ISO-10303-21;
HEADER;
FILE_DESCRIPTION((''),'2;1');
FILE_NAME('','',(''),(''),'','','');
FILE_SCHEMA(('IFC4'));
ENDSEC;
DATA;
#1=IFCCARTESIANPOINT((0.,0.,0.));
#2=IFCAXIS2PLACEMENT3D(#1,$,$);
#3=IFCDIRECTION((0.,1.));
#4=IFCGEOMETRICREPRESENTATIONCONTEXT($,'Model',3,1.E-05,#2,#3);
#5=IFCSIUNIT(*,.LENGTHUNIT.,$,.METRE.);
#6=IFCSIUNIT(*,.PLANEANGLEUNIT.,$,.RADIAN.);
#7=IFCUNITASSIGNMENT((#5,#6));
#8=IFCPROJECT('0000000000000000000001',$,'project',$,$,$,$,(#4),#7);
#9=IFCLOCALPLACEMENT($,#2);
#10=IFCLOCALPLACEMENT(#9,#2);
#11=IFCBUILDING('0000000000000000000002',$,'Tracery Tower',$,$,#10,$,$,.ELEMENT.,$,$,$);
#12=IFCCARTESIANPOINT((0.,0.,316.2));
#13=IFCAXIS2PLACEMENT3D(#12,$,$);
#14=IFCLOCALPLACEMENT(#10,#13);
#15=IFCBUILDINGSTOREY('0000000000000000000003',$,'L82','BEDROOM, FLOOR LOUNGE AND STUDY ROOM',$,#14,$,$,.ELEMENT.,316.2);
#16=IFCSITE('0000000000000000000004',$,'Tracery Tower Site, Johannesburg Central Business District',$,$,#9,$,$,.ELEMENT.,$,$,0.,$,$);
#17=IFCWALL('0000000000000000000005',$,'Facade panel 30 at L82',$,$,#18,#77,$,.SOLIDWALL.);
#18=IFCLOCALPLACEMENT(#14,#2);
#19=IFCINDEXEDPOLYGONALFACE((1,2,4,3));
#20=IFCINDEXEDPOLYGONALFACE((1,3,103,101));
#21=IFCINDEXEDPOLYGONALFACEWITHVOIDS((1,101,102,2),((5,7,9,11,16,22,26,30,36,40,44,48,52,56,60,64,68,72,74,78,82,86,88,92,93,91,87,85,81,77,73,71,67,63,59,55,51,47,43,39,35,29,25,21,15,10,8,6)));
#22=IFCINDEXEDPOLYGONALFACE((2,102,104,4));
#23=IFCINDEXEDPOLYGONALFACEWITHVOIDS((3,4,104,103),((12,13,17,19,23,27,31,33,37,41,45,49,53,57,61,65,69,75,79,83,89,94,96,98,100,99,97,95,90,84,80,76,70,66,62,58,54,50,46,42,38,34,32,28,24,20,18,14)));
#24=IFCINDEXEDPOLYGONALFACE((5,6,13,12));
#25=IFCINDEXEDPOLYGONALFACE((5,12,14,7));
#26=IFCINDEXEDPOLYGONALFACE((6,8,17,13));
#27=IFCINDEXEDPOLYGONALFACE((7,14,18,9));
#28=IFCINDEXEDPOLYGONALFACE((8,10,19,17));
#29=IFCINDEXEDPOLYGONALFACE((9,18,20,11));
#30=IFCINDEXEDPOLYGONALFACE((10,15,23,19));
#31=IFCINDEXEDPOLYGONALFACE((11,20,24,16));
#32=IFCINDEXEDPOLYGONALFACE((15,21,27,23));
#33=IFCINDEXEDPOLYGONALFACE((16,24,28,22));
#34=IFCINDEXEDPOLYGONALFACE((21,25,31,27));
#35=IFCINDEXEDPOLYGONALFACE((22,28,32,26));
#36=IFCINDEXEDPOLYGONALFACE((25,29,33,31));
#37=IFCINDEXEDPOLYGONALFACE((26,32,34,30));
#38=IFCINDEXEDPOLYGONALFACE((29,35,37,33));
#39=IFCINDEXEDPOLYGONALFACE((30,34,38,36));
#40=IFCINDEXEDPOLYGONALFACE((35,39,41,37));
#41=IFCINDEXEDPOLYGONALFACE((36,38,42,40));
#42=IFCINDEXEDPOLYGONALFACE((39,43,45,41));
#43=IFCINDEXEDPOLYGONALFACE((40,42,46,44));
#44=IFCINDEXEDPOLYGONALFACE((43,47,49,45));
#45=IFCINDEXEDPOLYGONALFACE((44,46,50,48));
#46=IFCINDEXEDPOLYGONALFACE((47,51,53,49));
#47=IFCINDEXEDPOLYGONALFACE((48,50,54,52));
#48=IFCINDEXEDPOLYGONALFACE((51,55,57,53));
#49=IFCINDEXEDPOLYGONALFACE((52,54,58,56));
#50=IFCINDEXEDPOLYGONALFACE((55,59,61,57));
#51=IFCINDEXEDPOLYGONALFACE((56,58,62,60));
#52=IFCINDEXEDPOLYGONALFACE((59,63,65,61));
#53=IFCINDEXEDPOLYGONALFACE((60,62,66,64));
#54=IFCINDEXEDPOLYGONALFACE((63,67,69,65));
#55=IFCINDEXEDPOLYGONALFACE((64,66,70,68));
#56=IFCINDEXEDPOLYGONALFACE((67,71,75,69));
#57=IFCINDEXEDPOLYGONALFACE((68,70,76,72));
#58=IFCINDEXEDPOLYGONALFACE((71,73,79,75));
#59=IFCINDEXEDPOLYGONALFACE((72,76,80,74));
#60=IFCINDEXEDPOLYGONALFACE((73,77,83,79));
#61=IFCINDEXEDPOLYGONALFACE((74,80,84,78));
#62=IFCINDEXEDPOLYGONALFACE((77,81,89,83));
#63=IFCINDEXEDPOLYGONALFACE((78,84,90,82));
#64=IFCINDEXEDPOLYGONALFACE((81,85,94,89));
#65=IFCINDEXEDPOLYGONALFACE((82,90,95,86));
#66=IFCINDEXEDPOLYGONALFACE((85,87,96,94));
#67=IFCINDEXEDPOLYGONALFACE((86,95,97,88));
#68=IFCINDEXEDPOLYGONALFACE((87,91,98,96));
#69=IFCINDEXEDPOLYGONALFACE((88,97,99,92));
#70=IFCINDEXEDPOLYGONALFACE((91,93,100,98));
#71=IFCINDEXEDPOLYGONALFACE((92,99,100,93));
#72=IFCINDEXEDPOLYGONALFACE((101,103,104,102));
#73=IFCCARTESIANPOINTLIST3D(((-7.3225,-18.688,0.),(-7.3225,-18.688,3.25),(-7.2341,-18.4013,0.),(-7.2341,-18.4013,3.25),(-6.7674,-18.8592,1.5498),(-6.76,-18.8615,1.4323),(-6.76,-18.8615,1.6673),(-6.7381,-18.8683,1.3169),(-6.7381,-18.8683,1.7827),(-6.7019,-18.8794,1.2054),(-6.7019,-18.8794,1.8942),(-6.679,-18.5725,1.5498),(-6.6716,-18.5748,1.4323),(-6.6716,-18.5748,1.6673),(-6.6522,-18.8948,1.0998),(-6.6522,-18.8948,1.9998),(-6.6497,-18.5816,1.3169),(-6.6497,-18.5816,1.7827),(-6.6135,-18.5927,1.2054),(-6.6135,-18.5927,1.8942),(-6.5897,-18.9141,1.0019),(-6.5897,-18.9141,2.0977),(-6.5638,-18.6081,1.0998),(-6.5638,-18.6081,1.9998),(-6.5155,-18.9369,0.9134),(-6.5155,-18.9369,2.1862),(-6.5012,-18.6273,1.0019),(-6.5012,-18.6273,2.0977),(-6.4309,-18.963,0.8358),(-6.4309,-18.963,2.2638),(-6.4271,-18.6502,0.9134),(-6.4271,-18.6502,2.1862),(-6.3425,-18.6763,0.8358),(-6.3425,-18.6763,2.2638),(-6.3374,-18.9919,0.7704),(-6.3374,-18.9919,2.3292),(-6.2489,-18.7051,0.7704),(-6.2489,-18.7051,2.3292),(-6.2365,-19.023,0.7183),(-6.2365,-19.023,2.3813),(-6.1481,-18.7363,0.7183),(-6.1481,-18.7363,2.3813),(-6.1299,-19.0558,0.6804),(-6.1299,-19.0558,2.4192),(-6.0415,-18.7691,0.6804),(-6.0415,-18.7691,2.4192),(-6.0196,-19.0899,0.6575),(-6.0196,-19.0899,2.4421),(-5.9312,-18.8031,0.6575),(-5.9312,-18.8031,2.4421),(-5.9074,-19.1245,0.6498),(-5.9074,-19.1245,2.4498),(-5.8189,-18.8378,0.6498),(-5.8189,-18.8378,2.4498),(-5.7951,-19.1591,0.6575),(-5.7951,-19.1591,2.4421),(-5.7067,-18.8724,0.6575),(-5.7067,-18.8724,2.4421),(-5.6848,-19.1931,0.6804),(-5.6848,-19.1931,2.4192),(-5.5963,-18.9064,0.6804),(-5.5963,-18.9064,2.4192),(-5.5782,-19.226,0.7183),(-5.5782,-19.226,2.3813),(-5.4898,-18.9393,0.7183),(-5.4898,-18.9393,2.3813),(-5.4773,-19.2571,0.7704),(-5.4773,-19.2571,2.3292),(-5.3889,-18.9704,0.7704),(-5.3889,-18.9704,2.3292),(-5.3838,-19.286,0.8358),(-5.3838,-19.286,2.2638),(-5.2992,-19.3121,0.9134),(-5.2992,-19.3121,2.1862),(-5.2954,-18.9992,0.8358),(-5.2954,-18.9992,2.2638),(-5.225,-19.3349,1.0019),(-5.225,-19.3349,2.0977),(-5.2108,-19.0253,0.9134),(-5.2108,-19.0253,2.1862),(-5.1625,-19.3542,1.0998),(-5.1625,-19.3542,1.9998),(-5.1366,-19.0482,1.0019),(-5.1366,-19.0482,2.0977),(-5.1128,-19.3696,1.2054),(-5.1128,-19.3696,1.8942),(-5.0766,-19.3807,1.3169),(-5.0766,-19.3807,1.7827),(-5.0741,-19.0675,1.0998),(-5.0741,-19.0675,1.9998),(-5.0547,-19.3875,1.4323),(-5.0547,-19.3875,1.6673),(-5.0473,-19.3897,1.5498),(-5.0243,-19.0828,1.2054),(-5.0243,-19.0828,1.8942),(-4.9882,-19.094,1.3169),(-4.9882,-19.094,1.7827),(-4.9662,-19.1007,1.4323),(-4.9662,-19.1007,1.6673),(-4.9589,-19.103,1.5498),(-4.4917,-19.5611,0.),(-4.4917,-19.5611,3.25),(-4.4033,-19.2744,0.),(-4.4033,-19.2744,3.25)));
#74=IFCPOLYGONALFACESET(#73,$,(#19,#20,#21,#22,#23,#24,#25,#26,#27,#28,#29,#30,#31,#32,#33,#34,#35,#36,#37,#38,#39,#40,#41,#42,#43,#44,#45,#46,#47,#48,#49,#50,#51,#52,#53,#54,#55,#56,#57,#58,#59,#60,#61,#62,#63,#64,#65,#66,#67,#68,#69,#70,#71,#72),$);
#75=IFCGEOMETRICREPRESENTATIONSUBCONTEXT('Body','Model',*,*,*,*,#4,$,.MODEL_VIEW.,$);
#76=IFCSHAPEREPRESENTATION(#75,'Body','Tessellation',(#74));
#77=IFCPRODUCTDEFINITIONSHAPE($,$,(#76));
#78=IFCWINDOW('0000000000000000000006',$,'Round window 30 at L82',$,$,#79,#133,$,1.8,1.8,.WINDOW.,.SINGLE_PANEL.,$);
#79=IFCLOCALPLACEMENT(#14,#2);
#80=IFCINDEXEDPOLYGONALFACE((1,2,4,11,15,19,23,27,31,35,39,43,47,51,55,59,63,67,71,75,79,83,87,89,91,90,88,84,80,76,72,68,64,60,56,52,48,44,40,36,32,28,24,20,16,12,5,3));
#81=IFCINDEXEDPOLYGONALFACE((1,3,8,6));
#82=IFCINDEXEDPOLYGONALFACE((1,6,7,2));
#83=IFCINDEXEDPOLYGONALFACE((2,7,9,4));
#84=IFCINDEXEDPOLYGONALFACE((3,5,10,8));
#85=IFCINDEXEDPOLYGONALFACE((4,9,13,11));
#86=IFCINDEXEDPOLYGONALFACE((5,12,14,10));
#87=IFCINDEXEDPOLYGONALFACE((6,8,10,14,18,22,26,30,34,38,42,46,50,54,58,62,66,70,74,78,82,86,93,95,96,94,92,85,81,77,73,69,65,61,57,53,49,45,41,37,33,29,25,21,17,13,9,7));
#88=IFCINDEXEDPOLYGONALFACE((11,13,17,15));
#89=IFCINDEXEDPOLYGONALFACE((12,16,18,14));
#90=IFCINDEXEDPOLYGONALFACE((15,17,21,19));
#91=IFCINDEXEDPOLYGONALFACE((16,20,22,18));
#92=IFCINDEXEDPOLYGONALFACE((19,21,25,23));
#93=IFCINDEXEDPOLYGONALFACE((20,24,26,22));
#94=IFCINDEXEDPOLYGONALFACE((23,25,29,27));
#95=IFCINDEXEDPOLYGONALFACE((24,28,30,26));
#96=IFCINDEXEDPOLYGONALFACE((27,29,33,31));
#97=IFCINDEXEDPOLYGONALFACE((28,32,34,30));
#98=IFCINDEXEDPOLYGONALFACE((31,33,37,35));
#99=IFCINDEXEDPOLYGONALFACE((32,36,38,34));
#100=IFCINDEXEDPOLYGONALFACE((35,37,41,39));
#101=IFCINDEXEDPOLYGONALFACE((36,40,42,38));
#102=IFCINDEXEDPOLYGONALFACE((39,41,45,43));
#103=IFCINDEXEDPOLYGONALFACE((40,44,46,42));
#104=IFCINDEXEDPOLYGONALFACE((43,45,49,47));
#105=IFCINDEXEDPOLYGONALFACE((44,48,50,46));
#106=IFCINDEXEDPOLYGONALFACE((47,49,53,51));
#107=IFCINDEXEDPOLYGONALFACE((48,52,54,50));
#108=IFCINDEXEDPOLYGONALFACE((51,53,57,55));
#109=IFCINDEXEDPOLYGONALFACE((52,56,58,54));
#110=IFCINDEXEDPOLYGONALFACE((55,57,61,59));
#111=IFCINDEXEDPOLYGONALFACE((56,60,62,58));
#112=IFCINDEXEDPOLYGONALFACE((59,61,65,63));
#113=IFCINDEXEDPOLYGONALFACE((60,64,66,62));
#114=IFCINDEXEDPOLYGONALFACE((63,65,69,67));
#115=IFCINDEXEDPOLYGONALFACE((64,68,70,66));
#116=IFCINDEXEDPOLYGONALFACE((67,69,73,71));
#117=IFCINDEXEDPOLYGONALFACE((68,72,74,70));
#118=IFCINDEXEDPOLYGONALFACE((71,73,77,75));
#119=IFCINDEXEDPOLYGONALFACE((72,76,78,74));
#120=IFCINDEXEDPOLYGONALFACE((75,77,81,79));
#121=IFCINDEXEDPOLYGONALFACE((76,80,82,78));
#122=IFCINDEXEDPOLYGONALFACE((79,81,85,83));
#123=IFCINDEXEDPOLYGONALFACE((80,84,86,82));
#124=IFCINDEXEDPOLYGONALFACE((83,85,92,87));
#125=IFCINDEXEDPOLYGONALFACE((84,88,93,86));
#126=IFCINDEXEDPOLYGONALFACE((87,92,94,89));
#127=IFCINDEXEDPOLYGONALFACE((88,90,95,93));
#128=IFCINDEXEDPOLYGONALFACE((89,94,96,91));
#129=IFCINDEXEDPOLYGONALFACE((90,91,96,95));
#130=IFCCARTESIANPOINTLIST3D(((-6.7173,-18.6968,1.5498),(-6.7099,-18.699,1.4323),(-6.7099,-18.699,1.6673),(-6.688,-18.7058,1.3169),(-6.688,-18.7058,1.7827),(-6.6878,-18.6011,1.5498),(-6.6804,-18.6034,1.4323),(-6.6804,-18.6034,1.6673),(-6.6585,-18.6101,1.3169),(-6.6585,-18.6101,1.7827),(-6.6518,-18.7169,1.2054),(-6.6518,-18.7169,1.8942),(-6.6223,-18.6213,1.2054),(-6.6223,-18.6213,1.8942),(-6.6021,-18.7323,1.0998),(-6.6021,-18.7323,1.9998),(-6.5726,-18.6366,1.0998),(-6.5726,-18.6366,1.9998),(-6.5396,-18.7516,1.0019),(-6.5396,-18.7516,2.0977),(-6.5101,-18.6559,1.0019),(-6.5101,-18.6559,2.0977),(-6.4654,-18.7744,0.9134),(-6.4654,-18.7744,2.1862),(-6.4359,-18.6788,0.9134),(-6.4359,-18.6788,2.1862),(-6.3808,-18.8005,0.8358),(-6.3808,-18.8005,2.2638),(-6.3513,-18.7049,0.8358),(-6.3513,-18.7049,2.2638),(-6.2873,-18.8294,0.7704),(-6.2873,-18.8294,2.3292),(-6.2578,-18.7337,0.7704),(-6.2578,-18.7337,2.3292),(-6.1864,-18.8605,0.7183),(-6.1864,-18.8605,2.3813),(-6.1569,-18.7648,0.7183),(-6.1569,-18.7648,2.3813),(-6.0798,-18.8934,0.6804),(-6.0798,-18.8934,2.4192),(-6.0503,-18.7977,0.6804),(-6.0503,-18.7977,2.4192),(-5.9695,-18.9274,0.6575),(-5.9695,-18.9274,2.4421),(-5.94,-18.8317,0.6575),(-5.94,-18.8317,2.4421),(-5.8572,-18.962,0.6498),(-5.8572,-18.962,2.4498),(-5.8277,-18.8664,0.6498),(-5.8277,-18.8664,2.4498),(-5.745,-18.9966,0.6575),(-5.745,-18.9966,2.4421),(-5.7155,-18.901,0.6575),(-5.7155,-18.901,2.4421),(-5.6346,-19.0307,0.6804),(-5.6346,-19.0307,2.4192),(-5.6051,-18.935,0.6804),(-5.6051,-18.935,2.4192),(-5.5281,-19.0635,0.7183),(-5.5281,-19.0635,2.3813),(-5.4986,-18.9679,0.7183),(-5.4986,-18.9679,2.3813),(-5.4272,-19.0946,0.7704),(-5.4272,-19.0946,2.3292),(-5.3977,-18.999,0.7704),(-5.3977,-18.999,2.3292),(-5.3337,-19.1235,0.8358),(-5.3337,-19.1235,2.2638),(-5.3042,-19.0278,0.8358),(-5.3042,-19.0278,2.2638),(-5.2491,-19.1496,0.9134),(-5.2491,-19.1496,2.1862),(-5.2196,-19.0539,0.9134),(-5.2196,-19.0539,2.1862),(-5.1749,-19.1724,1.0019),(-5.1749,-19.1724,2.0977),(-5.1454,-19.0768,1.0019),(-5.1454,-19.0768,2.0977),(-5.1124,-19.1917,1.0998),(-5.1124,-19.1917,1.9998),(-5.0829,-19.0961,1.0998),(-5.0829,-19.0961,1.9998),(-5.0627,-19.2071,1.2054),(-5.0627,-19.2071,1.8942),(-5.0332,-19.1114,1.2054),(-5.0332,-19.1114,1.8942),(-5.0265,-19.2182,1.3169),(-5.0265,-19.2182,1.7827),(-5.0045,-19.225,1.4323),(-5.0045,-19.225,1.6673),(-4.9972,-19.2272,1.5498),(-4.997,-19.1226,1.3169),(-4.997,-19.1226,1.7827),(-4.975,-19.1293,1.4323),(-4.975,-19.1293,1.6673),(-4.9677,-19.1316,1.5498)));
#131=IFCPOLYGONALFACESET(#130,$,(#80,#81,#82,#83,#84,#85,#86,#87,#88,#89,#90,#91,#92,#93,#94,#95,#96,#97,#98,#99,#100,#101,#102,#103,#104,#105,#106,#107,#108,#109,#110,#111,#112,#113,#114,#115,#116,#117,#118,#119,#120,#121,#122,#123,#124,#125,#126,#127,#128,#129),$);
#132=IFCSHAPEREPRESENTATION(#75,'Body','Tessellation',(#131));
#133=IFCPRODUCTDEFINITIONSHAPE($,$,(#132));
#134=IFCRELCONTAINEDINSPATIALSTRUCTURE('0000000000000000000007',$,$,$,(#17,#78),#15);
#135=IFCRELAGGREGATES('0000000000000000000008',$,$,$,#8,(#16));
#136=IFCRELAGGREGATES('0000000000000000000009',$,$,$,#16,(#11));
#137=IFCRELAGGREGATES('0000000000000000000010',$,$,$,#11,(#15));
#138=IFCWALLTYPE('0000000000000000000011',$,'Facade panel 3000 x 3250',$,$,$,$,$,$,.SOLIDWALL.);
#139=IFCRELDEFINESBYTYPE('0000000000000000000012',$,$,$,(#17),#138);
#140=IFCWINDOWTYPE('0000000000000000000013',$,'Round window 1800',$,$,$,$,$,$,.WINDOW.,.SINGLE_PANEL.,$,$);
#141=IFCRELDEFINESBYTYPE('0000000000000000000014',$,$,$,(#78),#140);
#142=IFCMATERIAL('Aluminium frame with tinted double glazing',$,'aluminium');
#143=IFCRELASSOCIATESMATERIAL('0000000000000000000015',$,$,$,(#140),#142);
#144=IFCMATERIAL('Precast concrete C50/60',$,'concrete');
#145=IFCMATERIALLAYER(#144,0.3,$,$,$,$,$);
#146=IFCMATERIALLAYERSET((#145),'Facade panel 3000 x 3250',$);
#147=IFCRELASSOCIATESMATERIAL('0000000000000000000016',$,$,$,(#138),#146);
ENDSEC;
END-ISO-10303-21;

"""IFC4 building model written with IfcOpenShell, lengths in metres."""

from ifc_helpers import new_model, si_unit, direction, frame, frame_2d, origin, origin_2d, place, context, subcontext, project, spatial, rectangle, circle, extrude, material, layer, layer_set, type_object, element, fill, save


model = new_model("IFC4")

# Units and contexts
model_context = context("Model", 3, precision=1e-05, world=origin(), true_north=direction((0.0, 1.0)))
body_context = subcontext(model_context, "Body", "Model", "MODEL_VIEW")
ifc_project = project(units=[si_unit("LENGTHUNIT", "METRE"), si_unit("PLANEANGLEUNIT", "RADIAN")], contexts=[model_context])

# Site, building, storey
site_placement = place(None, origin())
site = spatial("IfcSite", under=ifc_project, at=site_placement, Name="Tracery Tower Site, Johannesburg Central Business District", CompositionType="ELEMENT", RefElevation=0.0)
building_placement = place(site_placement, origin())
building = spatial("IfcBuilding", under=site, at=building_placement, Name="Tracery Tower", CompositionType="ELEMENT")
storey_placement = place(building_placement, frame((0.0, 0.0, 316.2)))
storey = spatial("IfcBuildingStorey", under=building, at=storey_placement, Name="L82", Description="BEDROOM, FLOOR LOUNGE AND STUDY ROOM", CompositionType="ELEMENT", Elevation=316.2)

# Wall, opening, window
ifc_material_1 = material(Name="Aluminium frame with tinted double glazing", Category="aluminium")
window_type = type_object("IfcWindowType", Name="Round window 1800", PartitioningType="SINGLE_PANEL", PredefinedType="WINDOW", material=ifc_material_1)
ifc_material_2 = material(Name="Precast concrete C50/60", Category="concrete")
ifc_layer_1 = layer(ifc_material_2, 0.3)
ifc_layer_set_1 = layer_set([ifc_layer_1], Name="Facade panel 3000 x 3250")
wall_type_1 = type_object("IfcWallType", Name="Facade panel 3000 x 3250", PredefinedType="SOLIDWALL", material=ifc_layer_set_1)
wall_1_placement = place(storey_placement, frame((-7.2783, -18.5447, 0.0), z_axis=(0.0, 0.0, 1.0), x_axis=(0.955586, -0.294711, 0.0)))
wall_1 = element("IfcWall", 1, at=wall_1_placement, inside=storey, type_object=wall_type_1, Name="Facade panel 30 at L82", PredefinedType="SOLIDWALL", context=body_context, shape_type="SweptSolid", body=[
    extrude(rectangle(XDim=2.9624, YDim=0.3, at=frame_2d((1.4812, 0.0))), origin(), (0.0, 0.0, 1.0), 3.25),
])
opening_1_placement = place(wall_1_placement, frame((1.481, 0.0, 1.5498)))
opening_1 = element("IfcOpeningElement", 2, at=opening_1_placement, cuts=wall_1, PredefinedType="OPENING", context=body_context, shape_type="SweptSolid", body=[
    extrude(circle(Radius=0.9, at=origin_2d()), frame((0.0, 0.1599, 0.0), z_axis=(0.0, -1.0, 0.0), x_axis=(1.0, 0.0, 0.0)), (0.0, 0.0, 1.0), 0.3201),
])
window_1_placement = place(opening_1_placement, origin())
window_1 = element("IfcWindow", 3, at=window_1_placement, inside=storey, type_object=window_type, Name="Round window 30 at L82", OverallHeight=1.8, OverallWidth=1.8, PartitioningType="SINGLE_PANEL", PredefinedType="WINDOW", context=body_context, shape_type="SweptSolid", body=[
    extrude(circle(Radius=0.9, at=origin_2d()), frame((0.0, 0.1201, 0.0), z_axis=(0.0, -1.0, 0.0), x_axis=(1.0, 0.0, 0.0)), (0.0, 0.0, 1.0), 0.1001),
])
fill(opening_1, window_1)

save(model, "model.ifc")
